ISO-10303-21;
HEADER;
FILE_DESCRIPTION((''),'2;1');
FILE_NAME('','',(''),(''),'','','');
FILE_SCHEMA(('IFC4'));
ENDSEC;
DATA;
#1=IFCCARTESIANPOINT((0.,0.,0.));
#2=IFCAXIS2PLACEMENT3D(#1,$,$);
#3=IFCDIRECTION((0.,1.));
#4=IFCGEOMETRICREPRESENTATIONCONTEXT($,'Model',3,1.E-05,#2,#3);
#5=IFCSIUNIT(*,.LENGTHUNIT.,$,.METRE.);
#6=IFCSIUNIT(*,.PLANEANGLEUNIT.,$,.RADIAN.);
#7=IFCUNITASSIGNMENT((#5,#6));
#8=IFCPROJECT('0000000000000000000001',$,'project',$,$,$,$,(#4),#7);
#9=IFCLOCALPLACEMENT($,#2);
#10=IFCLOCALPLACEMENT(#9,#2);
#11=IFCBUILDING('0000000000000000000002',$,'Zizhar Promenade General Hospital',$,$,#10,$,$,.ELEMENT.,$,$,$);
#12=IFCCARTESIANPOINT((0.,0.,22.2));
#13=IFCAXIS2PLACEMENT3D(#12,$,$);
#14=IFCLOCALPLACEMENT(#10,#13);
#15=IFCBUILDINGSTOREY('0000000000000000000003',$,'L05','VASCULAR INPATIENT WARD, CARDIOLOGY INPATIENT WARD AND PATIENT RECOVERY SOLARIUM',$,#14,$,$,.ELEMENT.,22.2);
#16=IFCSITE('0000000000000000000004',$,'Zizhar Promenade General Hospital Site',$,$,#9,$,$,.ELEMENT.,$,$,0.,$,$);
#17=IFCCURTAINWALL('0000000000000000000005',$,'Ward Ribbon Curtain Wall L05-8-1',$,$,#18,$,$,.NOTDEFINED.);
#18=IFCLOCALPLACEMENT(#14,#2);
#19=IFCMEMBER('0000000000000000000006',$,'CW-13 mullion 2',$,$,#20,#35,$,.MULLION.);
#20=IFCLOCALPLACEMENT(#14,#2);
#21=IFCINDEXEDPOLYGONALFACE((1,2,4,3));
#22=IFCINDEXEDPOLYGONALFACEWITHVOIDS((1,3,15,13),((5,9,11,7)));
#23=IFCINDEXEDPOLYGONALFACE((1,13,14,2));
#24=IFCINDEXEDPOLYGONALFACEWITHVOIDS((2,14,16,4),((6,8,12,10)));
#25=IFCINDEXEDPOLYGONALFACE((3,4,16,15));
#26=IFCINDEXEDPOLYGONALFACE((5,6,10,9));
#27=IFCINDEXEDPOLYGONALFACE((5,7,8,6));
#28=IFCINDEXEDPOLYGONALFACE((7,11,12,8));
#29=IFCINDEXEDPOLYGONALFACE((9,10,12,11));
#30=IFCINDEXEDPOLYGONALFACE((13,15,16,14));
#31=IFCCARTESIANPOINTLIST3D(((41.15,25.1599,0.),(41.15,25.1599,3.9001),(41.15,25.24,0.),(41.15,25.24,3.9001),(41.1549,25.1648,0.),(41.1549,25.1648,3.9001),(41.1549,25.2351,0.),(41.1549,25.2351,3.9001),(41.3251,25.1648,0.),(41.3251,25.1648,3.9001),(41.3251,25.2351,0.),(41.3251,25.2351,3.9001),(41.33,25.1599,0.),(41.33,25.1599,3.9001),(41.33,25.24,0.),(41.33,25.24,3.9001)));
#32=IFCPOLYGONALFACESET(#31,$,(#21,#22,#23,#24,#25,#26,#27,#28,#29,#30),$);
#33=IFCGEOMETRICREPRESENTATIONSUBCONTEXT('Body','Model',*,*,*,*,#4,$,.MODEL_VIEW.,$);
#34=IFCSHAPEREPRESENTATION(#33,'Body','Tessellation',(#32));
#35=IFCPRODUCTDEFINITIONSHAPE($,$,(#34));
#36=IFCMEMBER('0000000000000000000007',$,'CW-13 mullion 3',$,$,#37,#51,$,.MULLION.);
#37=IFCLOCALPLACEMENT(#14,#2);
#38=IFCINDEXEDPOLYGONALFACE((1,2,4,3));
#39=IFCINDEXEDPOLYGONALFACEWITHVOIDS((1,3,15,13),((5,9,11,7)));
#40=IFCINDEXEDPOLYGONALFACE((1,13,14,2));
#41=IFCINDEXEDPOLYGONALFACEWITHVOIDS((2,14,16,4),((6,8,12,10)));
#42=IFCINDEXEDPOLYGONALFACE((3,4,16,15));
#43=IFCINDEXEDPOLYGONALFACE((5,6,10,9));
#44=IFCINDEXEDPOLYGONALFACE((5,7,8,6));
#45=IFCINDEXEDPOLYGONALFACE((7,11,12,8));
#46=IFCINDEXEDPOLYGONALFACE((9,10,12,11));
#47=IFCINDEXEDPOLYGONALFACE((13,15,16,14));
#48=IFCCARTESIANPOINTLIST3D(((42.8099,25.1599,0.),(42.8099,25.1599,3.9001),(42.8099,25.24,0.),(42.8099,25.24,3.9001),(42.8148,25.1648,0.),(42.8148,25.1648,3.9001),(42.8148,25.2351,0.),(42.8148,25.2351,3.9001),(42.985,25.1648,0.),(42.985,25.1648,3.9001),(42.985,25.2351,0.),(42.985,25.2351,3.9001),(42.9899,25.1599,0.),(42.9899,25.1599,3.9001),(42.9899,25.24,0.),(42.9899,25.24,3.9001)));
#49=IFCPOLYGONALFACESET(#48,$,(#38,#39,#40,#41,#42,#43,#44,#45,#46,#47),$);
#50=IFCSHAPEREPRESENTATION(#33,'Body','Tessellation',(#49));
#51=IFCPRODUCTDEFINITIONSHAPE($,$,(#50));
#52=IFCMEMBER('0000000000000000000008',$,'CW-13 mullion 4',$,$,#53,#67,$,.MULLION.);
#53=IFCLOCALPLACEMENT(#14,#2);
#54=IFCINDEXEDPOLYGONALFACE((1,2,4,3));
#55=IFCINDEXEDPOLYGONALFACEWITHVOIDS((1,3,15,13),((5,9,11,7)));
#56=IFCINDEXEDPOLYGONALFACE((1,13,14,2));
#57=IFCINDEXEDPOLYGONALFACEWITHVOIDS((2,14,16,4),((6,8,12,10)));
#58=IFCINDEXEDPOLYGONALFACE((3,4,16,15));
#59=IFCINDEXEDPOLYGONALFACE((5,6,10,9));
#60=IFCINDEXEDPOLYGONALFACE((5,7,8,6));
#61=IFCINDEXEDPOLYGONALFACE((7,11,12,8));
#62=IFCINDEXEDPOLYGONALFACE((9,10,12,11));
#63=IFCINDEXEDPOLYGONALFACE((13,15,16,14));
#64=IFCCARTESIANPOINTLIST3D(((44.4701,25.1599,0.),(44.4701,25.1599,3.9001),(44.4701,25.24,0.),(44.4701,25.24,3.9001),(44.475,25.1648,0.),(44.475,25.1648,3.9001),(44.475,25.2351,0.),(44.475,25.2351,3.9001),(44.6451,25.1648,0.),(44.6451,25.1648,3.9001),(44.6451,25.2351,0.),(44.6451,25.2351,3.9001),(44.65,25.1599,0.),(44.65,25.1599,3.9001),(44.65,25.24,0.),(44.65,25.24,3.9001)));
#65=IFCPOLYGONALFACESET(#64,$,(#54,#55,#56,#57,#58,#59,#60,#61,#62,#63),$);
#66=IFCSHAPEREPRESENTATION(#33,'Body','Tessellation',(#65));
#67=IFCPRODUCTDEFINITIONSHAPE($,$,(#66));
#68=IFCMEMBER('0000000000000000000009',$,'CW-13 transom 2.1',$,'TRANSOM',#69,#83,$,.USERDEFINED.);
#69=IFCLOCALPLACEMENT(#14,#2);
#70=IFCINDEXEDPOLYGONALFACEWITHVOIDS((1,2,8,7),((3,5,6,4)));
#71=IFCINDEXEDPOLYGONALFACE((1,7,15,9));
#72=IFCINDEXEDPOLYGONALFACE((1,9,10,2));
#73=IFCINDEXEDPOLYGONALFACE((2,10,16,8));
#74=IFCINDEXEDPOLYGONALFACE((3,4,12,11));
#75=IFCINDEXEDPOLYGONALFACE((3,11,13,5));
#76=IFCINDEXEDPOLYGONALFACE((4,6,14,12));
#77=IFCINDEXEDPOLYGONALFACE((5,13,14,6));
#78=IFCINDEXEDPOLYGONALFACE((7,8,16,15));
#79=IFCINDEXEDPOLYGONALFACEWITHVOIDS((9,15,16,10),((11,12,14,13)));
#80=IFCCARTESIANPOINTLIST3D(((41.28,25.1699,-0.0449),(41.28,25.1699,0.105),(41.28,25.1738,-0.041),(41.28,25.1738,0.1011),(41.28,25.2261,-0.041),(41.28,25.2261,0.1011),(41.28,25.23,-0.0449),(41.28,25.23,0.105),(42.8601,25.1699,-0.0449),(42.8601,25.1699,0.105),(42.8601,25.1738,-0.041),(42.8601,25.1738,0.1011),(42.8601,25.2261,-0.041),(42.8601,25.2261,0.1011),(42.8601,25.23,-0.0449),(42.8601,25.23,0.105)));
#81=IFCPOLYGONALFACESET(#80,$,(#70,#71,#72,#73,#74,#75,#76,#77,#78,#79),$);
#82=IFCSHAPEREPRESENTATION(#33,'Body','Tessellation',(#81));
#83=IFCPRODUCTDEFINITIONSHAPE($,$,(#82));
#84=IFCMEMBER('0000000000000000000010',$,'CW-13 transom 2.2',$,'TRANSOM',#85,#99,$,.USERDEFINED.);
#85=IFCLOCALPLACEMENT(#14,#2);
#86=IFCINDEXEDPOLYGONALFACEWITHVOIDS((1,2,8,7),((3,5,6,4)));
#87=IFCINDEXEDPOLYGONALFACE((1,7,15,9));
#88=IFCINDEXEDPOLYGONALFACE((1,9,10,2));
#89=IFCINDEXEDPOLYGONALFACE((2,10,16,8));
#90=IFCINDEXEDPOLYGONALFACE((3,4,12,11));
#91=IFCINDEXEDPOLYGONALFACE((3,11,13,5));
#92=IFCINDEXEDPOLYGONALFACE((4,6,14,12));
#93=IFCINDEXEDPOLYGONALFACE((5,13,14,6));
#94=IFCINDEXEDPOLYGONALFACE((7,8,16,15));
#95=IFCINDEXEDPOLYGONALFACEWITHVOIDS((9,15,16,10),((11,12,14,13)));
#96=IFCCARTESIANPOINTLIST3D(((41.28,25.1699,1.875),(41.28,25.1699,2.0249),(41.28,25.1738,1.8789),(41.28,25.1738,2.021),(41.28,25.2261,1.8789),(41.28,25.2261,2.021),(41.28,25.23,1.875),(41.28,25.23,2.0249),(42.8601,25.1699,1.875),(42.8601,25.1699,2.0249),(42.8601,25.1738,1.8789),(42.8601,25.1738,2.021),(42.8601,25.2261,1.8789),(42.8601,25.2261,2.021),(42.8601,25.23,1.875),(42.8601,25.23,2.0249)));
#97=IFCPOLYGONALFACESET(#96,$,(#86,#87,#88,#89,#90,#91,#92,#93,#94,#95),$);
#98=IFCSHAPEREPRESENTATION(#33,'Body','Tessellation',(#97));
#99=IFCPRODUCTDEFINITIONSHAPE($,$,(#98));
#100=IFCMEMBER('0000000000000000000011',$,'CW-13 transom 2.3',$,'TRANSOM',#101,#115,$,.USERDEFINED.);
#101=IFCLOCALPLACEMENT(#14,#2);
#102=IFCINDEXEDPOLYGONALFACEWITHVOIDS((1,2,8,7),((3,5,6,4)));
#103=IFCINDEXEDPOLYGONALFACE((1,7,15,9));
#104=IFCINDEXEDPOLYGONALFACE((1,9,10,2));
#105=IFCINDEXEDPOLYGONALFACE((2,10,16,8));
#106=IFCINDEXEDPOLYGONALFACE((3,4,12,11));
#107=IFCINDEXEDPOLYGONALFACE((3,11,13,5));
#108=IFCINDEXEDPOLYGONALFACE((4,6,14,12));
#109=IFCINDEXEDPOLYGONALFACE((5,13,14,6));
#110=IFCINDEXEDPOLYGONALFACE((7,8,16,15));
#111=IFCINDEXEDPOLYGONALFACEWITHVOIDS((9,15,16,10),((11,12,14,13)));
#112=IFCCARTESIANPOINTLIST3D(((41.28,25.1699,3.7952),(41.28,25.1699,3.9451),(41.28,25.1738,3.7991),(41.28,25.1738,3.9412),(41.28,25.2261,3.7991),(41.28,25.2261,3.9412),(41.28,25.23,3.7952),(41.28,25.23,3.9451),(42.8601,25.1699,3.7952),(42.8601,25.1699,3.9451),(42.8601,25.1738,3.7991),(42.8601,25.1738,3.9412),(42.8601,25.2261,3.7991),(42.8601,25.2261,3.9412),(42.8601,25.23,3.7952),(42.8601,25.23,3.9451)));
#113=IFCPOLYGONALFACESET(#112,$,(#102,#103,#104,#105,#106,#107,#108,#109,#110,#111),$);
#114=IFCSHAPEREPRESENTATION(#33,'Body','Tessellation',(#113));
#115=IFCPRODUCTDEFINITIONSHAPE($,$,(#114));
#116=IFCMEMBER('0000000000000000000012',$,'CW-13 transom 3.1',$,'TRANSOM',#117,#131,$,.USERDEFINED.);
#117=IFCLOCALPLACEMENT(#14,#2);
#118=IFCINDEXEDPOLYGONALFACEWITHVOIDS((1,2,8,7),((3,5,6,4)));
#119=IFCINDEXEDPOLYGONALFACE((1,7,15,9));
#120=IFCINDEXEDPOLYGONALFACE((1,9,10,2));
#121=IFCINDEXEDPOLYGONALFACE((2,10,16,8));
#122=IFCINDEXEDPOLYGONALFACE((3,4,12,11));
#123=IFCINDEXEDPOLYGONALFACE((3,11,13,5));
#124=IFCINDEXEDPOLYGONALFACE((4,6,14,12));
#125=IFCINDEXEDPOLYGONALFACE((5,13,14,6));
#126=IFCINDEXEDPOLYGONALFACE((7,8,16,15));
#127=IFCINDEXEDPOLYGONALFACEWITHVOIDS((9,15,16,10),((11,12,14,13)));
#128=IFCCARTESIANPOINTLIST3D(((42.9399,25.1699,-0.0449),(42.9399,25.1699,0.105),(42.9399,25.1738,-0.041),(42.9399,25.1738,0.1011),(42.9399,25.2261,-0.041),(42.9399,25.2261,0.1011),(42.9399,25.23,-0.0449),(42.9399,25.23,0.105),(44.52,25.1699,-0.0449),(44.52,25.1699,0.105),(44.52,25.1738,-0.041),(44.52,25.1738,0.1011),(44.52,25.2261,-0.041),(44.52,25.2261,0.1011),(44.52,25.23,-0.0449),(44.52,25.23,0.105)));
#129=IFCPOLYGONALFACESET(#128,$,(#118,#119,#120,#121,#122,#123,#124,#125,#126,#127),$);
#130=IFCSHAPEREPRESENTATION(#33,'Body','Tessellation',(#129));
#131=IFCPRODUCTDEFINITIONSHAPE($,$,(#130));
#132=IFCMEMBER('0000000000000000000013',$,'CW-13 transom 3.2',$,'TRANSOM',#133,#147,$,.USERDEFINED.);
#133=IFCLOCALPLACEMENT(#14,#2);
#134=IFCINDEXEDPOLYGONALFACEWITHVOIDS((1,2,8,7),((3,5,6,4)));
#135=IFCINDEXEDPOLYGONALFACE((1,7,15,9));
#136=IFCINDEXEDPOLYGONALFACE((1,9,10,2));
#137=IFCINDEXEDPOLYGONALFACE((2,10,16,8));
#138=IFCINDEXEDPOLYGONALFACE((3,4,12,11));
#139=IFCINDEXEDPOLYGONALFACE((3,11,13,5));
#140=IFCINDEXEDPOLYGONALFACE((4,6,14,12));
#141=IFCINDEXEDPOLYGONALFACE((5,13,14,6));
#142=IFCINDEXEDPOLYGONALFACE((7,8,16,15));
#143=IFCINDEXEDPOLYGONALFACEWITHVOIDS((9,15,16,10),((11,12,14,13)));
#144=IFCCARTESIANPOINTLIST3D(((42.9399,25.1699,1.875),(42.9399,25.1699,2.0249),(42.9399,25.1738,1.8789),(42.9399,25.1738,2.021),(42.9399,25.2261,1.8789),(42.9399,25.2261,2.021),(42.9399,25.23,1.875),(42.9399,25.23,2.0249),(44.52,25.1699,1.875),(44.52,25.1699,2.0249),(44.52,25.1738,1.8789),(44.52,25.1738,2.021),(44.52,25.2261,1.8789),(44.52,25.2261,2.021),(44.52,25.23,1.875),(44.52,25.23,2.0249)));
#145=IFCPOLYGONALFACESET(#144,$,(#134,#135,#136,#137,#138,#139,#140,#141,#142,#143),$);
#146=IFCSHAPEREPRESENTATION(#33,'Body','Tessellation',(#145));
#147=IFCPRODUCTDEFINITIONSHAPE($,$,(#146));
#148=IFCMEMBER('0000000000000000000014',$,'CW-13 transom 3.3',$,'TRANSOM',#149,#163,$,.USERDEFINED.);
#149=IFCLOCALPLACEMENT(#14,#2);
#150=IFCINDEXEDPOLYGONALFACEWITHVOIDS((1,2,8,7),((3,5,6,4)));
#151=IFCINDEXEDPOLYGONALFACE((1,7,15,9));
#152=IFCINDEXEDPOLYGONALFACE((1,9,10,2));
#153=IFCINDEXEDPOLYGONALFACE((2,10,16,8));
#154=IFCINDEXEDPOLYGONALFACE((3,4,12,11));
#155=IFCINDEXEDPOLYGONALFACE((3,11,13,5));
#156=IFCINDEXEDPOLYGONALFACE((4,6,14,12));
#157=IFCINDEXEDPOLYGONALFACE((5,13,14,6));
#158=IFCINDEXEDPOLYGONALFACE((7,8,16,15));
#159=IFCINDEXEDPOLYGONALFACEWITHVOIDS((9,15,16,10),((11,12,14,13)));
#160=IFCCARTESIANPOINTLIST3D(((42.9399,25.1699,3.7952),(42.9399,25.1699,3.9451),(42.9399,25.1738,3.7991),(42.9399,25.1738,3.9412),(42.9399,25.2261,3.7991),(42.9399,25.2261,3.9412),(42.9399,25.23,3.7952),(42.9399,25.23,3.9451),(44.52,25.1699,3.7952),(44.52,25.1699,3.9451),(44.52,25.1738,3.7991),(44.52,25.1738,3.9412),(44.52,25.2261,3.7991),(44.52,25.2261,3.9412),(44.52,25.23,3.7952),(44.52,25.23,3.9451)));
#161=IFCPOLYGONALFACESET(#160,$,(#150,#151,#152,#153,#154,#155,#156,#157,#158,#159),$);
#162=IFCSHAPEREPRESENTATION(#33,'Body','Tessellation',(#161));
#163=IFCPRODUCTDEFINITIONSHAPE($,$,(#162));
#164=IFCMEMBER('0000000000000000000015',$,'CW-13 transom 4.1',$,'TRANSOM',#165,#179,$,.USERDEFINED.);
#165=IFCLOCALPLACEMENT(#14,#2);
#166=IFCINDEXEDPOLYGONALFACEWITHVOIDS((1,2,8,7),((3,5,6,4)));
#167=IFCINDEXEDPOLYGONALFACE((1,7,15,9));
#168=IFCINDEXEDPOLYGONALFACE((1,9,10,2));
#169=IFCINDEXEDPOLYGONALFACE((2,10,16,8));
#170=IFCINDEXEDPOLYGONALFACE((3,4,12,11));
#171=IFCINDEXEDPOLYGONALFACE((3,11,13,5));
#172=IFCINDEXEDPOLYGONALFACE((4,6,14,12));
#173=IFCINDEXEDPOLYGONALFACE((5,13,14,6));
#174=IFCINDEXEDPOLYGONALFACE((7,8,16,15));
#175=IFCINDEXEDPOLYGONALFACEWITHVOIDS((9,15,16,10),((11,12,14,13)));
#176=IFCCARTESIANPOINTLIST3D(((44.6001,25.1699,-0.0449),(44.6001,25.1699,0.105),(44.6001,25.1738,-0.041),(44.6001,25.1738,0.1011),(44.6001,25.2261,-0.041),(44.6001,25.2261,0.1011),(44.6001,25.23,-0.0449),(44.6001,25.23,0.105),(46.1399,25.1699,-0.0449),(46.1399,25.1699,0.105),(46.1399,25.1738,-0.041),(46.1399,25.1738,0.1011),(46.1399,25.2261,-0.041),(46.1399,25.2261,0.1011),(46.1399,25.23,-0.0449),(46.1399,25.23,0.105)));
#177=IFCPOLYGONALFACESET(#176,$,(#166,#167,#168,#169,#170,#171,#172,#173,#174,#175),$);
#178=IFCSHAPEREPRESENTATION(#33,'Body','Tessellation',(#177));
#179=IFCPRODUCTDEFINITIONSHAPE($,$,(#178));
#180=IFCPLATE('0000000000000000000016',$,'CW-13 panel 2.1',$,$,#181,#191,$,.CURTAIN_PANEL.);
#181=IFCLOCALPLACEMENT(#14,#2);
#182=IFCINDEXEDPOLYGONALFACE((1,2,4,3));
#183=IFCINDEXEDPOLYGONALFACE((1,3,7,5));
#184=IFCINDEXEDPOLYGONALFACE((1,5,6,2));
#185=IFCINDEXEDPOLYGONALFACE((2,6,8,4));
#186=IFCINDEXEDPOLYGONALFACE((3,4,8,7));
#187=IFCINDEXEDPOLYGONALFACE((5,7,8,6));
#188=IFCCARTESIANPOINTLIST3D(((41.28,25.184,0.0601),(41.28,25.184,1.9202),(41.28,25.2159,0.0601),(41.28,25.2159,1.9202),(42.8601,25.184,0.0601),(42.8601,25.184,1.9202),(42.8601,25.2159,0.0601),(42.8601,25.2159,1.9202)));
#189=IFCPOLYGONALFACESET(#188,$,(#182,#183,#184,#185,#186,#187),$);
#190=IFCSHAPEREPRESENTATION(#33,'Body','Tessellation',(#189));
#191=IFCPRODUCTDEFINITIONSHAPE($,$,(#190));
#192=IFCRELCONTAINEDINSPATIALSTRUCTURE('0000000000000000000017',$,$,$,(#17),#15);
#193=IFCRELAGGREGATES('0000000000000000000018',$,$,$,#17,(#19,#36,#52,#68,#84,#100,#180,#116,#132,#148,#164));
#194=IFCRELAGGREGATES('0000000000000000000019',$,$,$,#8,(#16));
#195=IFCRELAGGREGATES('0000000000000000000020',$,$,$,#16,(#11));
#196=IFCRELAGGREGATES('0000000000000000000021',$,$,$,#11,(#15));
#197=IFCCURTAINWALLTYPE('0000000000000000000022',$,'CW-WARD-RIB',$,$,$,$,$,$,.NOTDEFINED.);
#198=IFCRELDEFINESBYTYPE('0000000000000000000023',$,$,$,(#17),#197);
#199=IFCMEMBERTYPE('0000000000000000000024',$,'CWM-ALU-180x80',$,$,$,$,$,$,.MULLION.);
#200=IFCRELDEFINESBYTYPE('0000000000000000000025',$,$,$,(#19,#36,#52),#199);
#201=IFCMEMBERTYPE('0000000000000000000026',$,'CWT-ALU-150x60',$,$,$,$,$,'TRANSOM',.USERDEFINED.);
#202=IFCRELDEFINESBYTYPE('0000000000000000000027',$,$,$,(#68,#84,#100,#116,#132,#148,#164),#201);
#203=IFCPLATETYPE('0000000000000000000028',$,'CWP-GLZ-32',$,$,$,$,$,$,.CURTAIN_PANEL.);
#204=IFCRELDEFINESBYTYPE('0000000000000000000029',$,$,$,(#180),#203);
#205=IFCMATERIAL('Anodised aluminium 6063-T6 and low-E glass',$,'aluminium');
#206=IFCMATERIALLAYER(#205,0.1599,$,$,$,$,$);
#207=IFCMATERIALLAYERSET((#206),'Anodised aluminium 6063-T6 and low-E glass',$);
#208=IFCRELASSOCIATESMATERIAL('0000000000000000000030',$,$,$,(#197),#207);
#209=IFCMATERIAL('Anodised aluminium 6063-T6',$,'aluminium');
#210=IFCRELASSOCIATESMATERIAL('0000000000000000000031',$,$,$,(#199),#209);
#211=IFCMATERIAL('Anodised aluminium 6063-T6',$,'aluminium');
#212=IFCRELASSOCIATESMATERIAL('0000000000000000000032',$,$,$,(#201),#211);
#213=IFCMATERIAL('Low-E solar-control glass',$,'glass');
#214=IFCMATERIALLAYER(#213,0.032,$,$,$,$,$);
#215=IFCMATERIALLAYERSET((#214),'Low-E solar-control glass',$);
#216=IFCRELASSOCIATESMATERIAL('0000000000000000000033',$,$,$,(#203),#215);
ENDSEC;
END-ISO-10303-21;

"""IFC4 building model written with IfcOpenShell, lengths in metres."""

from ifc_helpers import new_model, si_unit, direction, frame, origin, origin_2d, place, context, subcontext, project, spatial, rectangle, hollow_rectangle, extrude, material, layer, layer_set, material_profile, profile_set, type_object, element, aggregate, save


model = new_model("IFC4")

# Units and contexts
model_context = context("Model", 3, precision=1e-05, world=origin(), true_north=direction((0.0, 1.0)))
body_context = subcontext(model_context, "Body", "Model", "MODEL_VIEW")
ifc_project = project(units=[si_unit("LENGTHUNIT", "METRE"), si_unit("PLANEANGLEUNIT", "RADIAN")], contexts=[model_context])

# Site, building, storey
site_placement = place(None, origin())
site = spatial("IfcSite", under=ifc_project, at=site_placement, Name="Zizhar Promenade General Hospital Site", CompositionType="ELEMENT", RefElevation=0.0)
building_placement = place(site_placement, origin())
building = spatial("IfcBuilding", under=site, at=building_placement, Name="Zizhar Promenade General Hospital", CompositionType="ELEMENT")
storey_placement = place(building_placement, frame((0.0, 0.0, 22.2)))
storey = spatial("IfcBuildingStorey", under=building, at=storey_placement, Name="L05", Description="VASCULAR INPATIENT WARD, CARDIOLOGY INPATIENT WARD AND PATIENT RECOVERY SOLARIUM", CompositionType="ELEMENT", Elevation=22.2)

# Curtain wall, members, plate
ifc_material_1 = material(Name="Anodised aluminium 6063-T6 and low-E glass", Category="aluminium")
ifc_layer_1 = layer(ifc_material_1, 0.1599)
ifc_layer_set_1 = layer_set([ifc_layer_1], Name="Anodised aluminium 6063-T6 and low-E glass")
curtain_wall_type = type_object("IfcCurtainWallType", Name="CW-WARD-RIB", PredefinedType="NOTDEFINED", material=ifc_layer_set_1)
curtain_wall_placement = place(storey_placement, origin())
curtain_wall = element("IfcCurtainWall", 1, at=curtain_wall_placement, inside=storey, type_object=curtain_wall_type, Name="Ward Ribbon Curtain Wall L05-8-1", PredefinedType="NOTDEFINED")
ifc_material_2 = material(Name="Anodised aluminium 6063-T6", Category="aluminium")
ifc_material_profile_1 = material_profile(ifc_material_2, hollow_rectangle(XDim=0.0801, YDim=0.1799, WallThickness=0.0049, at=origin_2d()))
ifc_profile_set_1 = profile_set([ifc_material_profile_1], Name="Anodised aluminium 6063-T6")
member_type_1 = type_object("IfcMemberType", Name="CWM-ALU-180x80", PredefinedType="MULLION", material=ifc_profile_set_1)
member_1_placement = place(storey_placement, frame((41.24, 25.2, 0.0), z_axis=(0.0, 0.0, 1.0), x_axis=(0.0, 1.0, 0.0)))
member_1 = element("IfcMember", 2, at=member_1_placement, type_object=member_type_1, Name="CW-13 mullion 2", PredefinedType="MULLION", context=body_context, shape_type="SweptSolid", body=[
    extrude(hollow_rectangle(XDim=0.0801, YDim=0.1799, WallThickness=0.0049, at=origin_2d()), origin(), (0.0, 0.0, 1.0), 3.9001),
])
member_2_placement = place(storey_placement, frame((42.8999, 25.2, 0.0), z_axis=(0.0, 0.0, 1.0), x_axis=(0.0, 1.0, 0.0)))
member_2 = element("IfcMember", 3, at=member_2_placement, type_object=member_type_1, Name="CW-13 mullion 3", PredefinedType="MULLION", context=body_context, shape_type="SweptSolid", body=[
    extrude(hollow_rectangle(XDim=0.0801, YDim=0.1799, WallThickness=0.0049, at=origin_2d()), origin(), (0.0, 0.0, 1.0), 3.9001),
])
member_3_placement = place(storey_placement, frame((44.5601, 25.2, 0.0), z_axis=(0.0, 0.0, 1.0), x_axis=(0.0, 1.0, 0.0)))
member_3 = element("IfcMember", 4, at=member_3_placement, type_object=member_type_1, Name="CW-13 mullion 4", PredefinedType="MULLION", context=body_context, shape_type="SweptSolid", body=[
    extrude(hollow_rectangle(XDim=0.0801, YDim=0.1799, WallThickness=0.0049, at=origin_2d()), origin(), (0.0, 0.0, 1.0), 3.9001),
])
ifc_material_3 = material(Name="Anodised aluminium 6063-T6", Category="aluminium")
ifc_material_profile_2 = material_profile(ifc_material_3, hollow_rectangle(XDim=0.0601, YDim=0.1499, WallThickness=0.0039, at=origin_2d()))
ifc_profile_set_2 = profile_set([ifc_material_profile_2], Name="Anodised aluminium 6063-T6")
member_type_2 = type_object("IfcMemberType", Name="CWT-ALU-150x60", ElementType="TRANSOM", PredefinedType="USERDEFINED", material=ifc_profile_set_2)
member_4_placement = place(storey_placement, frame((41.28, 25.2, 0.03), z_axis=(1.0, 0.0, 0.0), x_axis=(0.0, 1.0, 0.0)))
member_4 = element("IfcMember", 5, at=member_4_placement, type_object=member_type_2, Name="CW-13 transom 2.1", ObjectType="TRANSOM", PredefinedType="USERDEFINED", context=body_context, shape_type="SweptSolid", body=[
    extrude(hollow_rectangle(XDim=0.0601, YDim=0.1499, WallThickness=0.0039, at=origin_2d()), origin(), (0.0, 0.0, 1.0), 1.5801),
])
member_5_placement = place(storey_placement, frame((41.28, 25.2, 1.95), z_axis=(1.0, 0.0, 0.0), x_axis=(0.0, 1.0, 0.0)))
member_5 = element("IfcMember", 6, at=member_5_placement, type_object=member_type_2, Name="CW-13 transom 2.2", ObjectType="TRANSOM", PredefinedType="USERDEFINED", context=body_context, shape_type="SweptSolid", body=[
    extrude(hollow_rectangle(XDim=0.0601, YDim=0.1499, WallThickness=0.0039, at=origin_2d()), origin(), (0.0, 0.0, 1.0), 1.5801),
])
member_6_placement = place(storey_placement, frame((41.28, 25.2, 3.8701), z_axis=(1.0, 0.0, 0.0), x_axis=(0.0, 1.0, 0.0)))
member_6 = element("IfcMember", 7, at=member_6_placement, type_object=member_type_2, Name="CW-13 transom 2.3", ObjectType="TRANSOM", PredefinedType="USERDEFINED", context=body_context, shape_type="SweptSolid", body=[
    extrude(hollow_rectangle(XDim=0.0601, YDim=0.1499, WallThickness=0.0039, at=origin_2d()), origin(), (0.0, 0.0, 1.0), 1.5801),
])
member_7_placement = place(storey_placement, frame((42.9399, 25.2, 0.03), z_axis=(1.0, 0.0, 0.0), x_axis=(0.0, 1.0, 0.0)))
member_7 = element("IfcMember", 8, at=member_7_placement, type_object=member_type_2, Name="CW-13 transom 3.1", ObjectType="TRANSOM", PredefinedType="USERDEFINED", context=body_context, shape_type="SweptSolid", body=[
    extrude(hollow_rectangle(XDim=0.0601, YDim=0.1499, WallThickness=0.0039, at=origin_2d()), origin(), (0.0, 0.0, 1.0), 1.5801),
])
member_8_placement = place(storey_placement, frame((42.9399, 25.2, 1.95), z_axis=(1.0, 0.0, 0.0), x_axis=(0.0, 1.0, 0.0)))
member_8 = element("IfcMember", 9, at=member_8_placement, type_object=member_type_2, Name="CW-13 transom 3.2", ObjectType="TRANSOM", PredefinedType="USERDEFINED", context=body_context, shape_type="SweptSolid", body=[
    extrude(hollow_rectangle(XDim=0.0601, YDim=0.1499, WallThickness=0.0039, at=origin_2d()), origin(), (0.0, 0.0, 1.0), 1.5801),
])
member_9_placement = place(storey_placement, frame((42.9399, 25.2, 3.8701), z_axis=(1.0, 0.0, 0.0), x_axis=(0.0, 1.0, 0.0)))
member_9 = element("IfcMember", 10, at=member_9_placement, type_object=member_type_2, Name="CW-13 transom 3.3", ObjectType="TRANSOM", PredefinedType="USERDEFINED", context=body_context, shape_type="SweptSolid", body=[
    extrude(hollow_rectangle(XDim=0.0601, YDim=0.1499, WallThickness=0.0039, at=origin_2d()), origin(), (0.0, 0.0, 1.0), 1.5801),
])
member_10_placement = place(storey_placement, frame((44.6001, 25.2, 0.03), z_axis=(1.0, 0.0, 0.0), x_axis=(0.0, 1.0, 0.0)))
member_10 = element("IfcMember", 11, at=member_10_placement, type_object=member_type_2, Name="CW-13 transom 4.1", ObjectType="TRANSOM", PredefinedType="USERDEFINED", context=body_context, shape_type="SweptSolid", body=[
    extrude(hollow_rectangle(XDim=0.0601, YDim=0.1499, WallThickness=0.0039, at=origin_2d()), origin(), (0.0, 0.0, 1.0), 1.5398),
])
ifc_material_4 = material(Name="Low-E solar-control glass", Category="glass")
ifc_layer_2 = layer(ifc_material_4, 0.032)
ifc_layer_set_2 = layer_set([ifc_layer_2], Name="Low-E solar-control glass")
plate_type = type_object("IfcPlateType", Name="CWP-GLZ-32", PredefinedType="CURTAIN_PANEL", material=ifc_layer_set_2)
plate_1_placement = place(storey_placement, frame((42.0701, 25.2, 0.0601), z_axis=(0.0, 0.0, 1.0), x_axis=(1.0, 0.0, 0.0)))
plate_1 = element("IfcPlate", 12, at=plate_1_placement, type_object=plate_type, Name="CW-13 panel 2.1", PredefinedType="CURTAIN_PANEL", context=body_context, shape_type="SweptSolid", body=[
    extrude(rectangle(XDim=1.5801, YDim=0.032, at=origin_2d()), origin(), (0.0, 0.0, 1.0), 1.8601),
])
aggregate(curtain_wall, [member_1, member_2, member_3, member_4, member_5, member_6, plate_1, member_7, member_8, member_9, member_10])

save(model, "model.ifc")
